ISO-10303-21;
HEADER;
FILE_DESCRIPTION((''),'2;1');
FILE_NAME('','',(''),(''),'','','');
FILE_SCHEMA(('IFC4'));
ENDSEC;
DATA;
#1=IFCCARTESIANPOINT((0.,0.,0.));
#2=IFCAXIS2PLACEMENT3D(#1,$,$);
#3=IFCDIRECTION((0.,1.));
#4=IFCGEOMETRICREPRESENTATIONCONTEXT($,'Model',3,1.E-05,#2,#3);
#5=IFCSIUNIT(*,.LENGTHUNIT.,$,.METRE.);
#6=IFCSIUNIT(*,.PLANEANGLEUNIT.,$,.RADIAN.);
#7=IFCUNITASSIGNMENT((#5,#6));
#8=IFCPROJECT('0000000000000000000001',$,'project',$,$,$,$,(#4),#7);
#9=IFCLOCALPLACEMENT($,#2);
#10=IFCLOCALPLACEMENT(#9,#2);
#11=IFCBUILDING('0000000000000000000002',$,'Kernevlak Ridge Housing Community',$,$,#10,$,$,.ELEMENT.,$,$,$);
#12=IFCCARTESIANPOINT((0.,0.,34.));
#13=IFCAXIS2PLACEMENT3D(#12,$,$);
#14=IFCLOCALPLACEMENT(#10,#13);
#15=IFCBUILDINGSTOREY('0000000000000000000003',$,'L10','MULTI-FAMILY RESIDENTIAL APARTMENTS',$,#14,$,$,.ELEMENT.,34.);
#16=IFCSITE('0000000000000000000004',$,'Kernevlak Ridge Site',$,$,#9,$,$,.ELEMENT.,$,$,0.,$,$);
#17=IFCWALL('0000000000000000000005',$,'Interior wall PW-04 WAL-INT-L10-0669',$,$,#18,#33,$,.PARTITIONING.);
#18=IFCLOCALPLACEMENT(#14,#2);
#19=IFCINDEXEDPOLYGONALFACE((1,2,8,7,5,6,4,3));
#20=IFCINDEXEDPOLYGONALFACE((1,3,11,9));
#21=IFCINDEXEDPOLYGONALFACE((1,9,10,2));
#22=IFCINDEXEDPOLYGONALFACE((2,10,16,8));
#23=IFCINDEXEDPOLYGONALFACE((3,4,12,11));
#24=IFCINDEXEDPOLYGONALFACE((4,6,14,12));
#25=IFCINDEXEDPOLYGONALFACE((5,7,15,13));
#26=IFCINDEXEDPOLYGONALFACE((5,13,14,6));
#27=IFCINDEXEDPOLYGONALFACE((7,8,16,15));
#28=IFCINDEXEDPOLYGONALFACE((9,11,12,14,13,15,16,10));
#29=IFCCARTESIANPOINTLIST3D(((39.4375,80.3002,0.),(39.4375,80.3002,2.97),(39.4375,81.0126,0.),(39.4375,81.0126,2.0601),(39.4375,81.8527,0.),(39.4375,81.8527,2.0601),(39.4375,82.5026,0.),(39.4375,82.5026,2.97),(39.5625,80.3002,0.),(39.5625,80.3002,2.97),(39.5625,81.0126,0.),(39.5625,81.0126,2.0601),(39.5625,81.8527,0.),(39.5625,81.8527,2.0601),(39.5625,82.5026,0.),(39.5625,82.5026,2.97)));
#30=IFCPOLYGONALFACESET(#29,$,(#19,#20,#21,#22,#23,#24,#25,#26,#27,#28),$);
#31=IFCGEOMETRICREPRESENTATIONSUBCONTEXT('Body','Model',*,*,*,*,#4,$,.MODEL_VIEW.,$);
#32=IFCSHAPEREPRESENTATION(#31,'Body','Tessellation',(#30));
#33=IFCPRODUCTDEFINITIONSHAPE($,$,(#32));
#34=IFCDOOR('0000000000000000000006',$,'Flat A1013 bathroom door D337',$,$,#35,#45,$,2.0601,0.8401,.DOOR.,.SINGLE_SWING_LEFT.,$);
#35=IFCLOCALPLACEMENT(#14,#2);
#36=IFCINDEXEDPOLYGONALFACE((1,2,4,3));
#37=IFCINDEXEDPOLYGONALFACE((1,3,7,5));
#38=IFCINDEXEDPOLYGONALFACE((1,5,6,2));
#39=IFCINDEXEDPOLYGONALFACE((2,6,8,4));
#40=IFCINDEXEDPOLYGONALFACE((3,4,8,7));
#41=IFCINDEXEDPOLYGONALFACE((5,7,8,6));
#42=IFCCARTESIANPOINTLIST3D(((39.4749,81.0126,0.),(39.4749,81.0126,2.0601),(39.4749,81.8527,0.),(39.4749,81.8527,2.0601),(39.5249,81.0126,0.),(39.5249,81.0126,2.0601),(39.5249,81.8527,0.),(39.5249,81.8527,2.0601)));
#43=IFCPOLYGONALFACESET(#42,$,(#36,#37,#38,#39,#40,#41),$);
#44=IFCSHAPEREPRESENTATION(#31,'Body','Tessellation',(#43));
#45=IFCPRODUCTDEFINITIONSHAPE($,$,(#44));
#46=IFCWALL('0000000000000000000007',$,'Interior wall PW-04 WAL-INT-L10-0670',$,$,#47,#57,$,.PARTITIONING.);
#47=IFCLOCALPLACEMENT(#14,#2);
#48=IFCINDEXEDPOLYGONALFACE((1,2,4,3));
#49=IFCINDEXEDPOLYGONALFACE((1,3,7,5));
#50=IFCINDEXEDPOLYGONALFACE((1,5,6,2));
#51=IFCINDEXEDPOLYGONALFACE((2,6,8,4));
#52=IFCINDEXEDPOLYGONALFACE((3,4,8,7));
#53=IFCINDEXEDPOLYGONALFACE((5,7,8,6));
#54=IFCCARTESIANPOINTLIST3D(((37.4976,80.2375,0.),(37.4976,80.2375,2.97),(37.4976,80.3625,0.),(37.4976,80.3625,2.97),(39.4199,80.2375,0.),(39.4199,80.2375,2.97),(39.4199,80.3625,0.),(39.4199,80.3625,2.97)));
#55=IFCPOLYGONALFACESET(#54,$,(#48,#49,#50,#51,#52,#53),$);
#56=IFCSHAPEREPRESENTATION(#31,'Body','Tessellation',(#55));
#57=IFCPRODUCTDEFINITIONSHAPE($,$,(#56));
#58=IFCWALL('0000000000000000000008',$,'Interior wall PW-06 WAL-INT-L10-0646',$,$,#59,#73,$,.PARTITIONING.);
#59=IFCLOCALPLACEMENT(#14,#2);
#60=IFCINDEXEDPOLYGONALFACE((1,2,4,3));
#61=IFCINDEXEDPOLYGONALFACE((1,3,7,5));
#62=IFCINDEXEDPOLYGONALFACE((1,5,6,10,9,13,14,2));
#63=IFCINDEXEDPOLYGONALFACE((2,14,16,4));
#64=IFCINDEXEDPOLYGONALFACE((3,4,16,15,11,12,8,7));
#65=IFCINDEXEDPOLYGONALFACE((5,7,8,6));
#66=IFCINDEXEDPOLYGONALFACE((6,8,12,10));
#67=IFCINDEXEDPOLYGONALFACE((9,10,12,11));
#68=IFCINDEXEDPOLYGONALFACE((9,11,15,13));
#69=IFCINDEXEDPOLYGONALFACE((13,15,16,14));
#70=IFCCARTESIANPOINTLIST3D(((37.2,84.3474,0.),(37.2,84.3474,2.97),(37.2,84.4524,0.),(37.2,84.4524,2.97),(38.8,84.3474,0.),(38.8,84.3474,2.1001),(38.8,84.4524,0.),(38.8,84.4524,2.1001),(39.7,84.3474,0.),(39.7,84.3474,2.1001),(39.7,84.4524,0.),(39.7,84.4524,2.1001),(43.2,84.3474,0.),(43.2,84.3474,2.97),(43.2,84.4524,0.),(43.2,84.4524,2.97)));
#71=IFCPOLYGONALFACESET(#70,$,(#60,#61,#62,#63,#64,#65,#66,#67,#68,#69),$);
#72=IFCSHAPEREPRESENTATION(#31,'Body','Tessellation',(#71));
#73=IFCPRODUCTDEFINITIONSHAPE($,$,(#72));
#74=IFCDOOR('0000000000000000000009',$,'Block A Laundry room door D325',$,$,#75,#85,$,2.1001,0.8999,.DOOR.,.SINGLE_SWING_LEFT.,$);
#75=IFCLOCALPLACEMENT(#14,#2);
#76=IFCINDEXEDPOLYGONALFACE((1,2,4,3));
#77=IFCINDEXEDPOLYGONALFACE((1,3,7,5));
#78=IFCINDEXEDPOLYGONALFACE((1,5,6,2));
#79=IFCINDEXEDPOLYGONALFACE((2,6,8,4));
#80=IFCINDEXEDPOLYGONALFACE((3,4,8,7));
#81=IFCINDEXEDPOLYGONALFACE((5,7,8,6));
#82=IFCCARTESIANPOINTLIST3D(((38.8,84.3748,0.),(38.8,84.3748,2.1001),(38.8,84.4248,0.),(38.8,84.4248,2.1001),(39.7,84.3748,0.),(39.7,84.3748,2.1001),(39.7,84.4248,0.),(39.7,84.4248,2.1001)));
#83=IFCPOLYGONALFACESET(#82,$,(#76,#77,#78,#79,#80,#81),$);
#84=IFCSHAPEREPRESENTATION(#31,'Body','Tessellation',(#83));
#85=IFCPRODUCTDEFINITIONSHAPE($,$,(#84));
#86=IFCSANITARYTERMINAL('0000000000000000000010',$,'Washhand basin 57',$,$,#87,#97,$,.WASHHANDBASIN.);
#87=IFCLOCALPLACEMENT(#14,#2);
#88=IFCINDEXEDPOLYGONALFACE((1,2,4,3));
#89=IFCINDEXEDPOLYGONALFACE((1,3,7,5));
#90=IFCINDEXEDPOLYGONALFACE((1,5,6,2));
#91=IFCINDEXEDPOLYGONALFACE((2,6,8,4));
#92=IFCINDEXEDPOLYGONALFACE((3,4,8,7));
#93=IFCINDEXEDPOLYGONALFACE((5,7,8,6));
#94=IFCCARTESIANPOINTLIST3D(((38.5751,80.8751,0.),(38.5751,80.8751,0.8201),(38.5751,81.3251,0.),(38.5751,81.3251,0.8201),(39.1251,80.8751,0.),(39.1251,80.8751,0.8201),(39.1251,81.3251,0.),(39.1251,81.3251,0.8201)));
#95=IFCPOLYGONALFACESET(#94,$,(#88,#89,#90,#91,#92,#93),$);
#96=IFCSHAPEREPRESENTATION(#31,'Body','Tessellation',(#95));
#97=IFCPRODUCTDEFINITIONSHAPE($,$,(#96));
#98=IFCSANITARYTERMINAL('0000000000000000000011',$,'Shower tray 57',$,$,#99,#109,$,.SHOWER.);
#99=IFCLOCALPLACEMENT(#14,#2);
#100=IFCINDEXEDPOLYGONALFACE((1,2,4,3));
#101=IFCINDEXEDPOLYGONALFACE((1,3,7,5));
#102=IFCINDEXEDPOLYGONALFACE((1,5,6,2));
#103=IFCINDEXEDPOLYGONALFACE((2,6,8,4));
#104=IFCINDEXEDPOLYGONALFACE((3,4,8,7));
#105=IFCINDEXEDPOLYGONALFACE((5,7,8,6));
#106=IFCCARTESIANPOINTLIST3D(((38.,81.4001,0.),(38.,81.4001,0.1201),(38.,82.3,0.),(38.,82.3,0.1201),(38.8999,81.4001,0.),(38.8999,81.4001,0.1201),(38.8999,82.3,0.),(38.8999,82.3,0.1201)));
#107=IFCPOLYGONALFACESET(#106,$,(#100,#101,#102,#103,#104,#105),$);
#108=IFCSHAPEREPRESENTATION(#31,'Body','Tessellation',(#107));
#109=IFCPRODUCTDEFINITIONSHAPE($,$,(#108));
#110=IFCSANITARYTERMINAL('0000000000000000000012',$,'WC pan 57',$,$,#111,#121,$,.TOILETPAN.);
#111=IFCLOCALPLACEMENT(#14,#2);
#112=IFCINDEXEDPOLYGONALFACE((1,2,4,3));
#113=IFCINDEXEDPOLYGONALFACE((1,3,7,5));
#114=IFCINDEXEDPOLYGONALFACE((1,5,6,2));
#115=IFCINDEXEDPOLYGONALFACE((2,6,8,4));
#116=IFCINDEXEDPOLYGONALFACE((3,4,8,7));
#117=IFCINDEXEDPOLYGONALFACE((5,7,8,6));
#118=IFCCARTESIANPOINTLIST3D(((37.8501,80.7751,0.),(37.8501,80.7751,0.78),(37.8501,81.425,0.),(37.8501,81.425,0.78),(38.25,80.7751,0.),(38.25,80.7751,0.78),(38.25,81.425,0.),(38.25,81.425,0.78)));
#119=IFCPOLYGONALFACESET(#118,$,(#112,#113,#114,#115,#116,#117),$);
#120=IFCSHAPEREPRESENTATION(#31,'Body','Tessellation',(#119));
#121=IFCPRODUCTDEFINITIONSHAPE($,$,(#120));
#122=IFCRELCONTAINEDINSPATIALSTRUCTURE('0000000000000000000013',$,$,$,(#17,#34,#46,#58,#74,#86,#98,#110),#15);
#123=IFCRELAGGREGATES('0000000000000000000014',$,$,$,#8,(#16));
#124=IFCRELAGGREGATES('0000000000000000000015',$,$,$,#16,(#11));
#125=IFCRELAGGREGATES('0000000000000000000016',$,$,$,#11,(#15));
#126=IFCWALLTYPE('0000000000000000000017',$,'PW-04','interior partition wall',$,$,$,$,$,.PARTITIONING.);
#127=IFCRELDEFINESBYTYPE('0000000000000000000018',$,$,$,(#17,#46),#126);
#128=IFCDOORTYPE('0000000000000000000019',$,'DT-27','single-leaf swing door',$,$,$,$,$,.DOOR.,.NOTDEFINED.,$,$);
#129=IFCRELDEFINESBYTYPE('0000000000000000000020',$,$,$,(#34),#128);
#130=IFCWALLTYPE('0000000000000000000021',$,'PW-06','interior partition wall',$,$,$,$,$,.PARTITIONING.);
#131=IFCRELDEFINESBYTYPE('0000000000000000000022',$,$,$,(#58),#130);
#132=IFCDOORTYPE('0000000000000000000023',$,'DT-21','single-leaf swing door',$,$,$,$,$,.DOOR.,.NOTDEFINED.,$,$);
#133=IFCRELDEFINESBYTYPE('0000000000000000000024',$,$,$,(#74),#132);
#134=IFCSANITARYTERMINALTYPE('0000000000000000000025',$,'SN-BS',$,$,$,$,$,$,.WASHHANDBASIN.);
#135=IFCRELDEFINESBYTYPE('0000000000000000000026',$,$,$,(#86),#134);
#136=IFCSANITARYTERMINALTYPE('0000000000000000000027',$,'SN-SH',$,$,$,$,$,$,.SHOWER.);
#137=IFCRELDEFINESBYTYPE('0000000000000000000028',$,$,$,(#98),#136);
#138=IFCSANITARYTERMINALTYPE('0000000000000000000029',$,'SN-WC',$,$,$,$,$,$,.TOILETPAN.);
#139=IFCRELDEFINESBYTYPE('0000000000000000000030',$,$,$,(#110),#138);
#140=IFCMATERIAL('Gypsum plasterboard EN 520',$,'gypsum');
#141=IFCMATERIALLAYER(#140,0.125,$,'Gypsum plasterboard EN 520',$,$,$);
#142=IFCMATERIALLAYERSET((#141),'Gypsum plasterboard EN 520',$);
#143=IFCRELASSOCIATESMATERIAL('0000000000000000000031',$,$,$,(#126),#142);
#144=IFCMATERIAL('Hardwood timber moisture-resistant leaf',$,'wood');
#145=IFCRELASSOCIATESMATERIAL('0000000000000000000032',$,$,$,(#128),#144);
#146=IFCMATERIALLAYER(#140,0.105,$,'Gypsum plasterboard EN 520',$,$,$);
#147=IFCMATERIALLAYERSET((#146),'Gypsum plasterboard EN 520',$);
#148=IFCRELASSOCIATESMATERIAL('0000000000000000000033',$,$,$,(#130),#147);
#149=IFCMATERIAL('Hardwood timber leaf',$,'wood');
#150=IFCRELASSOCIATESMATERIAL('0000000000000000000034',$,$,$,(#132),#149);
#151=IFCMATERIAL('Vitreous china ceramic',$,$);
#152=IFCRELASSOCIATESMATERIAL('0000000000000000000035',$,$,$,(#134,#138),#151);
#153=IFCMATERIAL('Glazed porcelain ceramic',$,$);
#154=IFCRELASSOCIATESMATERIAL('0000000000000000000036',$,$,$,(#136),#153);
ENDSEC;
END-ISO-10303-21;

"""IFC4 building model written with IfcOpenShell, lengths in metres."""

from ifc_helpers import new_model, si_unit, direction, frame, frame_2d, origin, origin_2d, place, context, subcontext, project, spatial, rectangle, extrude, material, layer, layer_set, type_object, element, fill, save


model = new_model("IFC4")

# Units and contexts
model_context = context("Model", 3, precision=1e-05, world=origin(), true_north=direction((0.0, 1.0)))
body_context = subcontext(model_context, "Body", "Model", "MODEL_VIEW")
ifc_project = project(units=[si_unit("LENGTHUNIT", "METRE"), si_unit("PLANEANGLEUNIT", "RADIAN")], contexts=[model_context])

# Site, building, storey
site_placement = place(None, origin())
site = spatial("IfcSite", under=ifc_project, at=site_placement, Name="Kernevlak Ridge Site", CompositionType="ELEMENT", RefElevation=0.0)
building_placement = place(site_placement, origin())
building = spatial("IfcBuilding", under=site, at=building_placement, Name="Kernevlak Ridge Housing Community", CompositionType="ELEMENT")
storey_placement = place(building_placement, frame((0.0, 0.0, 34.0)))
storey = spatial("IfcBuildingStorey", under=building, at=storey_placement, Name="L10", Description="MULTI-FAMILY RESIDENTIAL APARTMENTS", CompositionType="ELEMENT", Elevation=34.0)

# Wall, opening, door
ifc_material_1 = material(Name="Gypsum plasterboard EN 520", Category="gypsum")
ifc_layer_1 = layer(ifc_material_1, 0.125, Name="Gypsum plasterboard EN 520")
ifc_layer_set_1 = layer_set([ifc_layer_1], Name="Gypsum plasterboard EN 520")
wall_type_1 = type_object("IfcWallType", Name="PW-04", Description="interior partition wall", PredefinedType="PARTITIONING", material=ifc_layer_set_1)
wall_1_placement = place(storey_placement, frame((39.5, 82.5024, 0.0), z_axis=(0.0, 0.0, 1.0), x_axis=(0.0, -1.0, 0.0)))
wall_1 = element("IfcWall", 1, at=wall_1_placement, inside=storey, type_object=wall_type_1, Name="Interior wall PW-04 WAL-INT-L10-0669", PredefinedType="PARTITIONING", context=body_context, shape_type="SweptSolid", body=[
    extrude(rectangle(XDim=2.2024, YDim=0.125, at=frame_2d((1.1011, 0.0))), origin(), (0.0, 0.0, 1.0), 2.97),
])
opening_1_placement = place(wall_1_placement, frame((0.6499, 0.0, 0.0)))
opening_1 = element("IfcOpeningElement", 2, at=opening_1_placement, cuts=wall_1, PredefinedType="OPENING", context=body_context, shape_type="SweptSolid", body=[
    extrude(rectangle(XDim=0.8401, YDim=2.0601, at=frame_2d((0.4199, 1.03))), frame((0.0, 0.0725, 0.0), z_axis=(0.0, -1.0, 0.0), x_axis=(1.0, 0.0, 0.0)), (0.0, 0.0, 1.0), 0.145),
])
ifc_material_2 = material(Name="Hardwood timber moisture-resistant leaf", Category="wood")
door_type_1 = type_object("IfcDoorType", Name="DT-27", Description="single-leaf swing door", OperationType="NOTDEFINED", PredefinedType="DOOR", material=ifc_material_2)
door_1_placement = place(opening_1_placement, origin())
door_1 = element("IfcDoor", 3, at=door_1_placement, inside=storey, type_object=door_type_1, Name="Flat A1013 bathroom door D337", OperationType="SINGLE_SWING_LEFT", OverallHeight=2.0601, OverallWidth=0.8401, PredefinedType="DOOR", context=body_context, shape_type="SweptSolid", body=[
    extrude(rectangle(XDim=0.8401, YDim=2.0601, at=frame_2d((0.4199, 1.03))), frame((0.0, 0.0249, 0.0), z_axis=(0.0, -1.0, 0.0), x_axis=(1.0, 0.0, 0.0)), (0.0, 0.0, 1.0), 0.05),
])
fill(opening_1, door_1)

# Wall
wall_2_placement = place(storey_placement, frame((37.4976, 80.3, 0.0), z_axis=(0.0, 0.0, 1.0), x_axis=(1.0, 0.0, 0.0)))
element("IfcWall", 4, at=wall_2_placement, inside=storey, type_object=wall_type_1, Name="Interior wall PW-04 WAL-INT-L10-0670", PredefinedType="PARTITIONING", context=body_context, shape_type="SweptSolid", body=[
    extrude(rectangle(XDim=1.9224, YDim=0.125, at=frame_2d((0.9612, 0.0))), origin(), (0.0, 0.0, 1.0), 2.97),
])

# Wall, opening, door
ifc_layer_2 = layer(ifc_material_1, 0.105, Name="Gypsum plasterboard EN 520")
ifc_layer_set_2 = layer_set([ifc_layer_2], Name="Gypsum plasterboard EN 520")
wall_type_2 = type_object("IfcWallType", Name="PW-06", Description="interior partition wall", PredefinedType="PARTITIONING", material=ifc_layer_set_2)
wall_3_placement = place(storey_placement, frame((37.2, 84.3999, 0.0), z_axis=(0.0, 0.0, 1.0), x_axis=(1.0, 0.0, 0.0)))
wall_3 = element("IfcWall", 5, at=wall_3_placement, inside=storey, type_object=wall_type_2, Name="Interior wall PW-06 WAL-INT-L10-0646", PredefinedType="PARTITIONING", context=body_context, shape_type="SweptSolid", body=[
    extrude(rectangle(XDim=6.0, YDim=0.105, at=frame_2d((3.0, 0.0))), origin(), (0.0, 0.0, 1.0), 2.97),
])
opening_2_placement = place(wall_3_placement, frame((1.6001, 0.0, 0.0)))
opening_2 = element("IfcOpeningElement", 6, at=opening_2_placement, cuts=wall_3, PredefinedType="OPENING", context=body_context, shape_type="SweptSolid", body=[
    extrude(rectangle(XDim=0.8999, YDim=2.1001, at=frame_2d((0.45, 1.05))), frame((0.0, 0.0625, 0.0), z_axis=(0.0, -1.0, 0.0), x_axis=(1.0, 0.0, 0.0)), (0.0, 0.0, 1.0), 0.125),
])
ifc_material_3 = material(Name="Hardwood timber leaf", Category="wood")
door_type_2 = type_object("IfcDoorType", Name="DT-21", Description="single-leaf swing door", OperationType="NOTDEFINED", PredefinedType="DOOR", material=ifc_material_3)
door_2_placement = place(opening_2_placement, origin())
door_2 = element("IfcDoor", 7, at=door_2_placement, inside=storey, type_object=door_type_2, Name="Block A Laundry room door D325", OperationType="SINGLE_SWING_LEFT", OverallHeight=2.1001, OverallWidth=0.8999, PredefinedType="DOOR", context=body_context, shape_type="SweptSolid", body=[
    extrude(rectangle(XDim=0.8999, YDim=2.1001, at=frame_2d((0.45, 1.05))), frame((0.0, 0.0249, 0.0), z_axis=(0.0, -1.0, 0.0), x_axis=(1.0, 0.0, 0.0)), (0.0, 0.0, 1.0), 0.05),
])
fill(opening_2, door_2)

# Sanitary terminals
ifc_material_4 = material(Name="Vitreous china ceramic")
sanitary_terminal_type_1 = type_object("IfcSanitaryTerminalType", Name="SN-BS", PredefinedType="WASHHANDBASIN", material=ifc_material_4)
sanitary_terminal_1_placement = place(storey_placement, frame((38.8501, 81.1001, 0.0), z_axis=(0.0, 0.0, 1.0), x_axis=(1.0, 0.0, 0.0)))
element("IfcSanitaryTerminal", 8, at=sanitary_terminal_1_placement, inside=storey, type_object=sanitary_terminal_type_1, Name="Washhand basin 57", PredefinedType="WASHHANDBASIN", context=body_context, shape_type="SweptSolid", body=[
    extrude(rectangle(XDim=0.55, YDim=0.45, at=origin_2d()), origin(), (0.0, 0.0, 1.0), 0.8201),
])
ifc_material_5 = material(Name="Glazed porcelain ceramic")
sanitary_terminal_type_2 = type_object("IfcSanitaryTerminalType", Name="SN-SH", PredefinedType="SHOWER", material=ifc_material_5)
sanitary_terminal_2_placement = place(storey_placement, frame((38.45, 81.8501, 0.0), z_axis=(0.0, 0.0, 1.0), x_axis=(1.0, 0.0, 0.0)))
element("IfcSanitaryTerminal", 9, at=sanitary_terminal_2_placement, inside=storey, type_object=sanitary_terminal_type_2, Name="Shower tray 57", PredefinedType="SHOWER", context=body_context, shape_type="SweptSolid", body=[
    extrude(rectangle(XDim=0.8999, YDim=0.8999, at=origin_2d()), origin(), (0.0, 0.0, 1.0), 0.1201),
])
sanitary_terminal_type_3 = type_object("IfcSanitaryTerminalType", Name="SN-WC", PredefinedType="TOILETPAN", material=ifc_material_4)
sanitary_terminal_3_placement = place(storey_placement, frame((38.05, 81.1001, 0.0), z_axis=(0.0, 0.0, 1.0), x_axis=(1.0, 0.0, 0.0)))
element("IfcSanitaryTerminal", 10, at=sanitary_terminal_3_placement, inside=storey, type_object=sanitary_terminal_type_3, Name="WC pan 57", PredefinedType="TOILETPAN", context=body_context, shape_type="SweptSolid", body=[
    extrude(rectangle(XDim=0.3999, YDim=0.6499, at=origin_2d()), origin(), (0.0, 0.0, 1.0), 0.78),
])

save(model, "model.ifc")
